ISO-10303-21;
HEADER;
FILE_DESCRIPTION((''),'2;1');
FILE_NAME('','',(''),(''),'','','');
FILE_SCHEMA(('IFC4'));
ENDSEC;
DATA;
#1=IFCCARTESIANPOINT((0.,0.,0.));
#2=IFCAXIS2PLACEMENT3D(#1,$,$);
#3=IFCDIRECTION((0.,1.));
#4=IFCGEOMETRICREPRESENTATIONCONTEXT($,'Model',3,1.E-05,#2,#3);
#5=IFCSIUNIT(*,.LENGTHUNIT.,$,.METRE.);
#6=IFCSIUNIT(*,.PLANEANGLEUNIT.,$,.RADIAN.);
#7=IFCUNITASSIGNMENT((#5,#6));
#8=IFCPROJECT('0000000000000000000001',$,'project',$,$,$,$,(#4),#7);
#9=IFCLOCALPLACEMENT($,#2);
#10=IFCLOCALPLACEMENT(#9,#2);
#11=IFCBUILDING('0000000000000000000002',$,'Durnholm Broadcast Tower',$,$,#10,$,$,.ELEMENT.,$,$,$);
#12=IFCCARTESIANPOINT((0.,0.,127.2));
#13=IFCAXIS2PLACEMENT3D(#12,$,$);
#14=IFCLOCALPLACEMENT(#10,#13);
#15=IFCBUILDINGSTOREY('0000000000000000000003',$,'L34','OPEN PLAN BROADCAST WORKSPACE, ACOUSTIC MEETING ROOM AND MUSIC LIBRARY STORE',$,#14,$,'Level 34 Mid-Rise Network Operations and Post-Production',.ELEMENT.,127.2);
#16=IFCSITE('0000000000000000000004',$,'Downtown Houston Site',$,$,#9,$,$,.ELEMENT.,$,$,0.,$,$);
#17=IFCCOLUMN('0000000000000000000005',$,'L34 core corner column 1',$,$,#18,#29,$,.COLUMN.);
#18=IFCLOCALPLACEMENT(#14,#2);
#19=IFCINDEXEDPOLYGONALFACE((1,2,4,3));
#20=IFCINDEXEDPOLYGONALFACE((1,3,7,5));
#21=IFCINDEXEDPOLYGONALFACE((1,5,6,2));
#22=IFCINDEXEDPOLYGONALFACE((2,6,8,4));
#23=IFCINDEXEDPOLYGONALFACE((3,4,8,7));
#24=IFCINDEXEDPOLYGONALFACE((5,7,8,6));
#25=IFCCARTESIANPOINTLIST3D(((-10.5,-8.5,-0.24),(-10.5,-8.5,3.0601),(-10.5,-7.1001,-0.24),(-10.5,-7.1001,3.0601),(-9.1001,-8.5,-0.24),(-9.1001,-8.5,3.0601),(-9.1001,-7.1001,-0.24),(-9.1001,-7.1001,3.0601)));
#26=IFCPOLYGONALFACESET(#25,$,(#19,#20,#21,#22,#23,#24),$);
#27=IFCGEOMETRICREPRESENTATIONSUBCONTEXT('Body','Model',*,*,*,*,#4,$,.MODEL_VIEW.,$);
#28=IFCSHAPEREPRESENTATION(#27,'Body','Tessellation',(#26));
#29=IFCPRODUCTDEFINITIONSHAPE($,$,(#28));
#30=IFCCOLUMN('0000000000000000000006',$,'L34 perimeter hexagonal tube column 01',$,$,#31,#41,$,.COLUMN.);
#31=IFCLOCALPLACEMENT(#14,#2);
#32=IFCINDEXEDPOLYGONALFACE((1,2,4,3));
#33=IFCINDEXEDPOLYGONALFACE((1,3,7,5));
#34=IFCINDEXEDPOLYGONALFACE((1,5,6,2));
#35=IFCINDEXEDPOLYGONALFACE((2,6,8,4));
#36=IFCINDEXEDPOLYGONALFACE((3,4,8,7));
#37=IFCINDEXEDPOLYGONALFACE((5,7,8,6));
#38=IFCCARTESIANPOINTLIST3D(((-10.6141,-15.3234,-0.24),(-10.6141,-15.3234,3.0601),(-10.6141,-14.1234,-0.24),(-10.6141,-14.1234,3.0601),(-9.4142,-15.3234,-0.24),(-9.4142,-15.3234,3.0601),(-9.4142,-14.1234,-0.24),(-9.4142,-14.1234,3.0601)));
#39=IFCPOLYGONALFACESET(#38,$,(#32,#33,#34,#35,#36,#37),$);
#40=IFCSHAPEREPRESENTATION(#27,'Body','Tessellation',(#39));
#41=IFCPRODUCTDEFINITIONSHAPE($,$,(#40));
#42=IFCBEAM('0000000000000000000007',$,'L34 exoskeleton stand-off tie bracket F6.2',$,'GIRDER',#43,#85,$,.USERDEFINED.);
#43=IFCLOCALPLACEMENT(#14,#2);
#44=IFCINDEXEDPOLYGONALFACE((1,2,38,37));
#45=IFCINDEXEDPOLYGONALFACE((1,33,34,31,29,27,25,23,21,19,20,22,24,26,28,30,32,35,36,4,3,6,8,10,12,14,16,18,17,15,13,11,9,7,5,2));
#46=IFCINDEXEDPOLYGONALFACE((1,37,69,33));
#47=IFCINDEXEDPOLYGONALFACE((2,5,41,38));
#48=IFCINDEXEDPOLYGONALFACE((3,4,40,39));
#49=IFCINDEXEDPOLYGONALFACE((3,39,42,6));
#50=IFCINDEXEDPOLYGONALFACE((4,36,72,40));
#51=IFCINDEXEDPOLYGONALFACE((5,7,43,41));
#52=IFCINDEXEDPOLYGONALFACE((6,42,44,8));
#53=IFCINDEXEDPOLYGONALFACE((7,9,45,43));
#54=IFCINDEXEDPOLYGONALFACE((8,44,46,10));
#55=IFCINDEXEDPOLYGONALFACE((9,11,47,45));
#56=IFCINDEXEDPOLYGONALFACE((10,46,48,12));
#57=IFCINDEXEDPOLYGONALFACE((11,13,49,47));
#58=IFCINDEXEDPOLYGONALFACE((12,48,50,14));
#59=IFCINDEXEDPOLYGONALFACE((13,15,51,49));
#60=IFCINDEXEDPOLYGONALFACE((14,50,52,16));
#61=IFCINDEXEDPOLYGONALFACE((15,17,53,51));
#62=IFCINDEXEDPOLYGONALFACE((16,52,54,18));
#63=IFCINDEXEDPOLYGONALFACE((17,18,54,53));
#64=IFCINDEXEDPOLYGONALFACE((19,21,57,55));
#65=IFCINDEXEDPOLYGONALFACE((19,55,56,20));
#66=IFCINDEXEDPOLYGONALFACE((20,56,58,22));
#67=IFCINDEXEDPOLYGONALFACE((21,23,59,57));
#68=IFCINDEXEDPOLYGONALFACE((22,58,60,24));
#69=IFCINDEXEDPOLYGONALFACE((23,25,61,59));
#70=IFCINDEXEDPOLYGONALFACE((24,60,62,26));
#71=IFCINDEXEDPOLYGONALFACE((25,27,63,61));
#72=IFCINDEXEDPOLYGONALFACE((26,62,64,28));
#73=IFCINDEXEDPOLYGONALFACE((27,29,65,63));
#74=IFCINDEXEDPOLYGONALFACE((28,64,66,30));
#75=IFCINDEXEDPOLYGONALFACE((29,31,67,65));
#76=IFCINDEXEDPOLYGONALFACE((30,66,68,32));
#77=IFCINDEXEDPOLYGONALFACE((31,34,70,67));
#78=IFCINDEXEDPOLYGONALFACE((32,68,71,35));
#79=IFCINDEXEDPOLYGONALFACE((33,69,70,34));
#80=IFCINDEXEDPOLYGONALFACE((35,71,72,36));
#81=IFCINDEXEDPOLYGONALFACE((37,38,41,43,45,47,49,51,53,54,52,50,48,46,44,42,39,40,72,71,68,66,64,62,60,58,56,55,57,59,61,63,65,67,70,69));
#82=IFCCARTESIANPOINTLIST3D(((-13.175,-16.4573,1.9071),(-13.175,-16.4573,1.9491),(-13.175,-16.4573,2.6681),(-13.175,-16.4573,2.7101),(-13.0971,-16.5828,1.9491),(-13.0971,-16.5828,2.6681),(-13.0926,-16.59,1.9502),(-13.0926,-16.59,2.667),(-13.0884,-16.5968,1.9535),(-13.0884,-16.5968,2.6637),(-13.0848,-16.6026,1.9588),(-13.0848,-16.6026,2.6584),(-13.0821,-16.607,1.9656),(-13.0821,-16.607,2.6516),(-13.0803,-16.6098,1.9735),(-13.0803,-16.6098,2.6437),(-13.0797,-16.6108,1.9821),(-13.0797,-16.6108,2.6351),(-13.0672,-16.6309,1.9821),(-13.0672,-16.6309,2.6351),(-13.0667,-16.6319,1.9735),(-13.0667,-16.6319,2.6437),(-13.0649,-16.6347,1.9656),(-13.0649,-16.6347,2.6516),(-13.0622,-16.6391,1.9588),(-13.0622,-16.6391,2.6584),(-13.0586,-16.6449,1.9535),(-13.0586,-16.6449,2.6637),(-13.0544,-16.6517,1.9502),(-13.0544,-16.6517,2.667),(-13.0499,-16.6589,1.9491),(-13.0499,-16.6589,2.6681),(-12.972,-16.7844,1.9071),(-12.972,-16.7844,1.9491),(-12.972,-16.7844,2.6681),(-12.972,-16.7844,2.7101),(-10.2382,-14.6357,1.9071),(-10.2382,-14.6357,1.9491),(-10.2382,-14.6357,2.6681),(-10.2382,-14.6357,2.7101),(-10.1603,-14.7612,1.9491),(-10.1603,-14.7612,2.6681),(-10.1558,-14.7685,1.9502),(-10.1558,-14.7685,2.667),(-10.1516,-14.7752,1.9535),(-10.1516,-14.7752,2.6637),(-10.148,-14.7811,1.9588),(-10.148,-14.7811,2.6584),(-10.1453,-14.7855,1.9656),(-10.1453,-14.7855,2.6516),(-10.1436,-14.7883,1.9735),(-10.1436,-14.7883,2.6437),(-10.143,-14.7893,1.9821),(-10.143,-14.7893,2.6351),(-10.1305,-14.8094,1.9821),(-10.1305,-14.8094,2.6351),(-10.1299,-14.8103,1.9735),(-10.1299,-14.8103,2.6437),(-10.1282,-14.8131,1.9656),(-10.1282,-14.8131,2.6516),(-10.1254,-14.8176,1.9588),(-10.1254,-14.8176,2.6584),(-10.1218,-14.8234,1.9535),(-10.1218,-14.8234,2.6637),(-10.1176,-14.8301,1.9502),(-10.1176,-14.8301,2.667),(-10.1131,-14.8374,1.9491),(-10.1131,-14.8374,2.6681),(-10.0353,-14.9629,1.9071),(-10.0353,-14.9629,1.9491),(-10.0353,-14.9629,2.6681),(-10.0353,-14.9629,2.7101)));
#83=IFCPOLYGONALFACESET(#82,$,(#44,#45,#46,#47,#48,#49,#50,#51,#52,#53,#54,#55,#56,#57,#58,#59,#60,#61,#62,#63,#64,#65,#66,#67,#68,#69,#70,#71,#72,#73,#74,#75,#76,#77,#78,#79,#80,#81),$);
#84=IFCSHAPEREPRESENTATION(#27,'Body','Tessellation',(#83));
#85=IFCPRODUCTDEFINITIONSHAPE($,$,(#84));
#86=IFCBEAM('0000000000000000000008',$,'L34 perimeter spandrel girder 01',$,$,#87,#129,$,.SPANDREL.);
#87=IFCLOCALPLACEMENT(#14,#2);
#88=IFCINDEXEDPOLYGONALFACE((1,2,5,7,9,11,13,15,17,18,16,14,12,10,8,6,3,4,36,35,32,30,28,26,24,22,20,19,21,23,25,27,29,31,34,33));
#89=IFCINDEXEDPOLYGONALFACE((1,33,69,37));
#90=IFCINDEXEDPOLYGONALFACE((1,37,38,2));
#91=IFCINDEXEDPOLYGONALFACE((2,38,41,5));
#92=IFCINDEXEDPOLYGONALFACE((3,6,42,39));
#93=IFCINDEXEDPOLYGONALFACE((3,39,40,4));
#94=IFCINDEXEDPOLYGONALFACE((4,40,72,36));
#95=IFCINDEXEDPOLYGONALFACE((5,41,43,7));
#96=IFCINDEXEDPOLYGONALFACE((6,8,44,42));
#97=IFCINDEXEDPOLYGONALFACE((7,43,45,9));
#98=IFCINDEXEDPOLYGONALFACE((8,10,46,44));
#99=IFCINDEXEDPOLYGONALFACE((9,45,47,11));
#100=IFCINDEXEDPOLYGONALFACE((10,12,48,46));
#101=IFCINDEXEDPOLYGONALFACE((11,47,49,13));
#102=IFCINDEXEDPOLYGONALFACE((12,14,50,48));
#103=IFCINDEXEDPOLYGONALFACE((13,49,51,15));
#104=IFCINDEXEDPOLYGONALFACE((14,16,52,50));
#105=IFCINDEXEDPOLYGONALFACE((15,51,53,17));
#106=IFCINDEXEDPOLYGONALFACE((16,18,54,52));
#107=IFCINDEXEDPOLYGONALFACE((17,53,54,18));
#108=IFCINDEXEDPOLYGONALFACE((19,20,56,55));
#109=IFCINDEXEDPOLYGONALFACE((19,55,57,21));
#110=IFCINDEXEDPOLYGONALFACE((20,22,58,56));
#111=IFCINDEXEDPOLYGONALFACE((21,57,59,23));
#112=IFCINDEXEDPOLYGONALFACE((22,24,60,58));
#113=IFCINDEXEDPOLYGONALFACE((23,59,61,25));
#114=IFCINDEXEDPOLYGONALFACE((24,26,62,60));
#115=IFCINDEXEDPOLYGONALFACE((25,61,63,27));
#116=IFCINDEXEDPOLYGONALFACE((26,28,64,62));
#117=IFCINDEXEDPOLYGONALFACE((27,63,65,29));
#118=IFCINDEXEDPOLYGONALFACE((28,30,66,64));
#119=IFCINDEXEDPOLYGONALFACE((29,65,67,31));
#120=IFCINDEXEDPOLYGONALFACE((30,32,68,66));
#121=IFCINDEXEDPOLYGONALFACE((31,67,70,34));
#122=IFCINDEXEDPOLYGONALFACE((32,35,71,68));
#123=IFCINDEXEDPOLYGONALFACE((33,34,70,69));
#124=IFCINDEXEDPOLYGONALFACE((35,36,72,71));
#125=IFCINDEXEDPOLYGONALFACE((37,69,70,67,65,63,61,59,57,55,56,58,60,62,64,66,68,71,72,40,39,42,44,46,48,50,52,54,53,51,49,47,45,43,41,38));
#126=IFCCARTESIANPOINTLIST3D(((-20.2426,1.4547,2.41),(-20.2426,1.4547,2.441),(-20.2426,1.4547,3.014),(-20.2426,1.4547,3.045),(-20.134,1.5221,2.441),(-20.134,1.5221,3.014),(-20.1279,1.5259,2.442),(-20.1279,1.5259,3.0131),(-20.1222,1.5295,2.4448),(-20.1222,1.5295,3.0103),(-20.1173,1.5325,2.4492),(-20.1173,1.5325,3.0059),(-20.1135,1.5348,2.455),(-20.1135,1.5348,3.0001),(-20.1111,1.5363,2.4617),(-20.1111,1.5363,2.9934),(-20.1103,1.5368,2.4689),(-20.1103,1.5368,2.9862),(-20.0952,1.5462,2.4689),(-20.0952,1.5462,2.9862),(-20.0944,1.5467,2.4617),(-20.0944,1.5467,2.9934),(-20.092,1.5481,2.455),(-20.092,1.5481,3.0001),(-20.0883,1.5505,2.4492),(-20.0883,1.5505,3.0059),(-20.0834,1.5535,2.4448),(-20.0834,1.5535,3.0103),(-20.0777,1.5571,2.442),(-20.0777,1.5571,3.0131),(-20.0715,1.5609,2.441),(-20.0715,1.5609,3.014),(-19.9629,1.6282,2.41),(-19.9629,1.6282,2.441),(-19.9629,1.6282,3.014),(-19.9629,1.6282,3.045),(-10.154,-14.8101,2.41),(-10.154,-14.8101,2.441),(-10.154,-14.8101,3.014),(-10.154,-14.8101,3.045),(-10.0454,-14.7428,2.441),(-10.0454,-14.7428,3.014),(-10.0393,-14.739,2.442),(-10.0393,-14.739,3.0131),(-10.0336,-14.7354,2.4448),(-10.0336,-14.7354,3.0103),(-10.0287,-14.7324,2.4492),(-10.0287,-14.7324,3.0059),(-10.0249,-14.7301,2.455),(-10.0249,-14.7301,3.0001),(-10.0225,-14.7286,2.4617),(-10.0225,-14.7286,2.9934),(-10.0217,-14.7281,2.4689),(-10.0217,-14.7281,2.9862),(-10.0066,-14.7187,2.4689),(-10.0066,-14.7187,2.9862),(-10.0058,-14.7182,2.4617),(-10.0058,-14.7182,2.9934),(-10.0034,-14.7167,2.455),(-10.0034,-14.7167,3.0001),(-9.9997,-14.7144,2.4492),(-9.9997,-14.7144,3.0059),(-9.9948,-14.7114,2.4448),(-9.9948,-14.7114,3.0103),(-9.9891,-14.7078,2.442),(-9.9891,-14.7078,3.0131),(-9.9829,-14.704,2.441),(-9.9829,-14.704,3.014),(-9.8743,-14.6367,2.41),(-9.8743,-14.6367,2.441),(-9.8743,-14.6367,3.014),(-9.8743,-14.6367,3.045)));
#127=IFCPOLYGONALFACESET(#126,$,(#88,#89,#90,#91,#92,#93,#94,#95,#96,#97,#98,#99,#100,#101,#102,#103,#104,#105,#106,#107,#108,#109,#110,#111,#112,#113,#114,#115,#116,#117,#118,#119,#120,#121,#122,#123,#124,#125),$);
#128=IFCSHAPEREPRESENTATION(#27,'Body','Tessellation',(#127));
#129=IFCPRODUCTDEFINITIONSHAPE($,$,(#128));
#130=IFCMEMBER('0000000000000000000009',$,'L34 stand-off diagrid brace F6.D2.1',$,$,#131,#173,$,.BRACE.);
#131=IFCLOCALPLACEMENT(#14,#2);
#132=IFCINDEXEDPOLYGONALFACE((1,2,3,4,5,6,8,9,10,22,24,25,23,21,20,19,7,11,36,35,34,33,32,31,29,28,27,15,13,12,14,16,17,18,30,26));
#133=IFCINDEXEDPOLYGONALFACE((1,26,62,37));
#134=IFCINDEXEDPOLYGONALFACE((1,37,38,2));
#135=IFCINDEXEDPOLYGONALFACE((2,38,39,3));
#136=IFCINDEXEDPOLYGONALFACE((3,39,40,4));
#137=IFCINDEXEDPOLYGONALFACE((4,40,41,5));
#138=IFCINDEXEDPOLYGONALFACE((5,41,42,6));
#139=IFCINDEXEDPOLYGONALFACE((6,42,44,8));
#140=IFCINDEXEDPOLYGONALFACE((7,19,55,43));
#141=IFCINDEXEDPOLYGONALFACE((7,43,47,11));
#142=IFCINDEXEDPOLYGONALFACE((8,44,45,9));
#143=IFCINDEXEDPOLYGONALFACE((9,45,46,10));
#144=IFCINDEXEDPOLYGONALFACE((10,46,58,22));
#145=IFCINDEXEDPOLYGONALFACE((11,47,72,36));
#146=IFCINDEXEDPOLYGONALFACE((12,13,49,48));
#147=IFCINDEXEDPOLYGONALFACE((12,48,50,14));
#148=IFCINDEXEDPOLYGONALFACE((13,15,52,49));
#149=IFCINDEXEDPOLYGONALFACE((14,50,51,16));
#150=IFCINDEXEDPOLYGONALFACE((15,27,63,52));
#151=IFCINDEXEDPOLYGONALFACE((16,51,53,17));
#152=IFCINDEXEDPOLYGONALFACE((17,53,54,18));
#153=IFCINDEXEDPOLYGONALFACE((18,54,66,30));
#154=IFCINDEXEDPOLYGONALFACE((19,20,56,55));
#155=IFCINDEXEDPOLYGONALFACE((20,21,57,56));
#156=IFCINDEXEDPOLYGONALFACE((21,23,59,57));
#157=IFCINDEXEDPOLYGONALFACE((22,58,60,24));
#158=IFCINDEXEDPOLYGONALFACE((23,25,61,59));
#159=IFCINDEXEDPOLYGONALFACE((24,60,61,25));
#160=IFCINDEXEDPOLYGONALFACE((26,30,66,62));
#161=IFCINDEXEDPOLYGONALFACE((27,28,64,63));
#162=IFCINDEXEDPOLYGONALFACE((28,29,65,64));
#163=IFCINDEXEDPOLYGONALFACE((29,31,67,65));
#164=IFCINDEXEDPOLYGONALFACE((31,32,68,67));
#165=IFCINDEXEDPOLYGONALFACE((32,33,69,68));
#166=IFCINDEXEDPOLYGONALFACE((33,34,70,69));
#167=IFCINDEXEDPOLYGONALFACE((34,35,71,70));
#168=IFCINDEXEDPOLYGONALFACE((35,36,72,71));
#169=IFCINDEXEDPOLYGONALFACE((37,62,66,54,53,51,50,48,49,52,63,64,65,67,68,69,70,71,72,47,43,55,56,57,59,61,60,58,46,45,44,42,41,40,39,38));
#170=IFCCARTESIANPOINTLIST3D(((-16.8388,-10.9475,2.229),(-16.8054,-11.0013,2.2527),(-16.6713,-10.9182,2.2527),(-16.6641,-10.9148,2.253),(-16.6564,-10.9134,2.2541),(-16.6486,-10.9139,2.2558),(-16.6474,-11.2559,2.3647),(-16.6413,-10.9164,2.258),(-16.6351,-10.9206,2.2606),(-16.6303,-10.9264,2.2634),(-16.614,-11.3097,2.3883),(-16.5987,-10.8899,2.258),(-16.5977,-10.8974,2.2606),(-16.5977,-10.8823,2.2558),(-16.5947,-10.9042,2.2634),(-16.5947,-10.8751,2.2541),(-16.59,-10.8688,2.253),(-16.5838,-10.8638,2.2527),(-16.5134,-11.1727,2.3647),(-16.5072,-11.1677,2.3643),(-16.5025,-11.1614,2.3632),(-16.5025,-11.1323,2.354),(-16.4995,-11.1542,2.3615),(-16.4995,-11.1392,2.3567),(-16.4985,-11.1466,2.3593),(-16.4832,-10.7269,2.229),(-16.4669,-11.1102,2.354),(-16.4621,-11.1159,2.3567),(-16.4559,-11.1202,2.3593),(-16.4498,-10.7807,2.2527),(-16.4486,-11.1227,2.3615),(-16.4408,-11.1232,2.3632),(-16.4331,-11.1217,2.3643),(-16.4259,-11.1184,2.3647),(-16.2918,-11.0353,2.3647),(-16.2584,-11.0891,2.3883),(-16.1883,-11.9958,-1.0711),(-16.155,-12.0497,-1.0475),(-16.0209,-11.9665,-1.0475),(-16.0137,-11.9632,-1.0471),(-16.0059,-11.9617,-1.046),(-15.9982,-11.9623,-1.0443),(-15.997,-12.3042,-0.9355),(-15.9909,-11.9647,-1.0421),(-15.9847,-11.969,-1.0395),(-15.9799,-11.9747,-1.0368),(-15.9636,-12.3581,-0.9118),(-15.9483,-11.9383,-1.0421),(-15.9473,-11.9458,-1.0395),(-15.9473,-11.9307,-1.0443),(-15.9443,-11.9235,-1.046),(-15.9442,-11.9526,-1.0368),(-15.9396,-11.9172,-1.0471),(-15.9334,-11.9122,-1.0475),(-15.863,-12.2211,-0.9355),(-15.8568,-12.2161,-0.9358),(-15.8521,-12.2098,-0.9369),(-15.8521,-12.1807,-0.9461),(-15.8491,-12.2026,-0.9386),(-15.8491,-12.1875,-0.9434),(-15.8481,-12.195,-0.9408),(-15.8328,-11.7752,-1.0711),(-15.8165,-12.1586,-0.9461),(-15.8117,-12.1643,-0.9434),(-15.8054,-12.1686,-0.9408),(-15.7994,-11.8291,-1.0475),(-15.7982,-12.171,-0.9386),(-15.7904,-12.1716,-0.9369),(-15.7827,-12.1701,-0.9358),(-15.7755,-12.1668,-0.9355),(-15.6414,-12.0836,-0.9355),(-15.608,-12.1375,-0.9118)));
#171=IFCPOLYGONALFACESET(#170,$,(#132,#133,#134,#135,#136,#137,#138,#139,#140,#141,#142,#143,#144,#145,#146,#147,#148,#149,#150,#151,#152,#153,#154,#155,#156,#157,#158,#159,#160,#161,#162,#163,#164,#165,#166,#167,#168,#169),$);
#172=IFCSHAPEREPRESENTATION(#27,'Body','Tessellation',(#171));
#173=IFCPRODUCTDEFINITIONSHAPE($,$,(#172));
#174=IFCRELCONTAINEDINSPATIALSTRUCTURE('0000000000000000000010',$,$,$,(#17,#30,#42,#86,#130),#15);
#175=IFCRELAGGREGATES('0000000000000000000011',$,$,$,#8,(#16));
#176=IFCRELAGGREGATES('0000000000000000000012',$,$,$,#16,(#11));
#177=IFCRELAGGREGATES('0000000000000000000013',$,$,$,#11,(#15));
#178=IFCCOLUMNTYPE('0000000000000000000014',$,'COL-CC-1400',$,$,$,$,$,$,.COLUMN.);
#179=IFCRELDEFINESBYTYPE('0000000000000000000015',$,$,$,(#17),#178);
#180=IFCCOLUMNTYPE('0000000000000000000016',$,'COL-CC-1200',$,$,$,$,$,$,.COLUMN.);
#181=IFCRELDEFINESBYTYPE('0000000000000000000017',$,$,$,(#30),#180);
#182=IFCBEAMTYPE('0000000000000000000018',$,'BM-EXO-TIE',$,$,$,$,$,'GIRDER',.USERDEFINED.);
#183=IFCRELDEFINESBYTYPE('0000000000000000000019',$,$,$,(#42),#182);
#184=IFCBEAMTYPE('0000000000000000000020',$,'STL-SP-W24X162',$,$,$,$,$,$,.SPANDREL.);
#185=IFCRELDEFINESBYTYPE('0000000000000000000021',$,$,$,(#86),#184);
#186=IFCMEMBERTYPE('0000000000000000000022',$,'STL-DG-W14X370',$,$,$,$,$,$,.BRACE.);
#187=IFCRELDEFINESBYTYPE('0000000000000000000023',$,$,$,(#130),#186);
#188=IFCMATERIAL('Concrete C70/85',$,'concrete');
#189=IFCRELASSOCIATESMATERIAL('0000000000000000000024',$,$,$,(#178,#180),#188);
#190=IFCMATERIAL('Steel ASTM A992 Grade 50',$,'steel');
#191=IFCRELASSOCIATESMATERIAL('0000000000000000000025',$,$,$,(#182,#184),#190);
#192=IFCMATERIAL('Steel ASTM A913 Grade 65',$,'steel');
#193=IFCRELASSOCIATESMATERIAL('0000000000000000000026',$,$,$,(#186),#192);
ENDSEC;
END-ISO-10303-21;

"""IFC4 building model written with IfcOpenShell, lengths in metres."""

from ifc_helpers import new_model, si_unit, direction, frame, origin, origin_2d, place, context, subcontext, project, spatial, rectangle, i_section, extrude, source, transform, mapped, material, material_profile, profile_set, type_object, type_shapes, element, save


model = new_model("IFC4")

# Units and contexts
model_context = context("Model", 3, precision=1e-05, world=origin(), true_north=direction((0.0, 1.0)))
body_context = subcontext(model_context, "Body", "Model", "MODEL_VIEW")
ifc_project = project(units=[si_unit("LENGTHUNIT", "METRE"), si_unit("PLANEANGLEUNIT", "RADIAN")], contexts=[model_context])

# Site, building, storey
site_placement = place(None, origin())
site = spatial("IfcSite", under=ifc_project, at=site_placement, Name="Downtown Houston Site", CompositionType="ELEMENT", RefElevation=0.0)
building_placement = place(site_placement, origin())
building = spatial("IfcBuilding", under=site, at=building_placement, Name="Durnholm Broadcast Tower", CompositionType="ELEMENT")
storey_placement = place(building_placement, frame((0.0, 0.0, 127.2)))
storey = spatial("IfcBuildingStorey", under=building, at=storey_placement, Name="L34", Description="OPEN PLAN BROADCAST WORKSPACE, ACOUSTIC MEETING ROOM AND MUSIC LIBRARY STORE", LongName="Level 34 Mid-Rise Network Operations and Post-Production", CompositionType="ELEMENT", Elevation=127.2)

# Columns
ifc_material_1 = material(Name="Concrete C70/85", Category="concrete")
ifc_material_profile_1 = material_profile(ifc_material_1, rectangle(XDim=1.3999, YDim=1.3999, at=origin_2d()), Name="RC1400X1400")
ifc_profile_set_1 = profile_set([ifc_material_profile_1], Name="Concrete C70/85")
column_type_1 = type_object("IfcColumnType", Name="COL-CC-1400", PredefinedType="COLUMN", material=ifc_profile_set_1)
shared_shape_1 = source(origin(), body_context, "Body", "SweptSolid", [
    extrude(rectangle(XDim=1.3999, YDim=1.3999, at=origin_2d()), origin(), (0.0, 0.0, 1.0), 3.3),
])
type_shapes(column_type_1, [shared_shape_1])
column_1_placement = place(storey_placement, frame((-9.8, -7.8, -0.24), z_axis=(0.0, 0.0, 1.0), x_axis=(1.0, 0.0, 0.0)))
element("IfcColumn", 1, at=column_1_placement, inside=storey, type_object=column_type_1, Name="L34 core corner column 1", PredefinedType="COLUMN", context=body_context, shape_type="MappedRepresentation", body=[
    mapped(shared_shape_1, transform((0.0, 0.0, 0.0), x_axis=(1.0, 0.0, 0.0), y_axis=(0.0, 1.0, 0.0), z_axis=(0.0, 0.0, 1.0), scale=1.0)),
])
ifc_material_profile_2 = material_profile(ifc_material_1, rectangle(XDim=1.2, YDim=1.2, at=origin_2d()), Name="RC1200X1200")
ifc_profile_set_2 = profile_set([ifc_material_profile_2], Name="Concrete C70/85")
column_type_2 = type_object("IfcColumnType", Name="COL-CC-1200", PredefinedType="COLUMN", material=ifc_profile_set_2)
shared_shape_2 = source(origin(), body_context, "Body", "SweptSolid", [
    extrude(rectangle(XDim=1.2, YDim=1.2, at=origin_2d()), origin(), (0.0, 0.0, 1.0), 3.3),
])
type_shapes(column_type_2, [shared_shape_2])
column_2_placement = place(storey_placement, frame((-10.0142, -14.7234, -0.24), z_axis=(0.0, 0.0, 1.0), x_axis=(1.0, 0.0, 0.0)))
element("IfcColumn", 2, at=column_2_placement, inside=storey, type_object=column_type_2, Name="L34 perimeter hexagonal tube column 01", PredefinedType="COLUMN", context=body_context, shape_type="MappedRepresentation", body=[
    mapped(shared_shape_2, transform((0.0, 0.0, 0.0), x_axis=(1.0, 0.0, 0.0), y_axis=(0.0, 1.0, 0.0), z_axis=(0.0, 0.0, 1.0), scale=1.0)),
])

# Beams
ifc_material_2 = material(Name="Steel ASTM A992 Grade 50", Category="steel")
ifc_material_profile_3 = material_profile(ifc_material_2, i_section(OverallWidth=0.385, OverallDepth=0.803, WebThickness=0.0237, FlangeThickness=0.042, FilletRadius=0.033, at=origin_2d()), Name="W30X261")
ifc_profile_set_3 = profile_set([ifc_material_profile_3], Name="Steel ASTM A992 Grade 50")
beam_type_1 = type_object("IfcBeamType", Name="BM-EXO-TIE", ElementType="GIRDER", PredefinedType="USERDEFINED", material=ifc_profile_set_3)
shared_shape_3 = source(origin(), body_context, "Body", "SweptSolid", [
    extrude(i_section(OverallWidth=0.385, OverallDepth=0.803, WebThickness=0.0237, FlangeThickness=0.042, FilletRadius=0.033, at=origin_2d()), origin(), (0.0, 0.0, 1.0), 3.4558),
])
type_shapes(beam_type_1, [shared_shape_3])
beam_1_placement = place(storey_placement, frame((-10.1367, -14.7993, 2.3086), z_axis=(-0.849807, -0.527094, 0.0), x_axis=(0.527094, -0.849807, 0.0)))
element("IfcBeam", 3, at=beam_1_placement, inside=storey, type_object=beam_type_1, Name="L34 exoskeleton stand-off tie bracket F6.2", ObjectType="GIRDER", PredefinedType="USERDEFINED", context=body_context, shape_type="MappedRepresentation", body=[
    mapped(shared_shape_3, transform((0.0, 0.0, 0.0), x_axis=(1.0, 0.0, 0.0), y_axis=(0.0, 1.0, 0.0), z_axis=(0.0, 0.0, 1.0), scale=1.0)),
])
ifc_material_profile_4 = material_profile(ifc_material_2, i_section(OverallWidth=0.3291, OverallDepth=0.635, WebThickness=0.0178, FlangeThickness=0.031, FilletRadius=0.0278, at=origin_2d()), Name="W24X162")
ifc_profile_set_4 = profile_set([ifc_material_profile_4], Name="Steel ASTM A992 Grade 50")
beam_type_2 = type_object("IfcBeamType", Name="STL-SP-W24X162", PredefinedType="SPANDREL", material=ifc_profile_set_4)
shared_shape_4 = source(origin(), body_context, "Body", "SweptSolid", [
    extrude(i_section(OverallWidth=0.3291, OverallDepth=0.635, WebThickness=0.0178, FlangeThickness=0.031, FilletRadius=0.0278, at=origin_2d()), origin(), (0.0, 0.0, 1.0), 19.1396),
])
type_shapes(beam_type_2, [shared_shape_4])
beam_2_placement = place(storey_placement, frame((-10.0142, -14.7234, 2.7275), z_axis=(-0.527105, 0.8498, 0.0), x_axis=(-0.8498, -0.527105, 0.0)))
element("IfcBeam", 4, at=beam_2_placement, inside=storey, type_object=beam_type_2, Name="L34 perimeter spandrel girder 01", PredefinedType="SPANDREL", context=body_context, shape_type="MappedRepresentation", body=[
    mapped(shared_shape_4, transform((0.0, 0.0, 0.0), x_axis=(1.0, 0.0, 0.0), y_axis=(0.0, 1.0, 0.0), z_axis=(0.0, 0.0, 1.0), scale=1.0)),
])

# Member
ifc_material_3 = material(Name="Steel ASTM A913 Grade 65", Category="steel")
ifc_material_profile_5 = material_profile(ifc_material_3, i_section(OverallWidth=0.4185, OverallDepth=0.4551, WebThickness=0.042, FlangeThickness=0.0676, FilletRadius=0.0305, at=origin_2d()), Name="W14X370")
ifc_profile_set_5 = profile_set([ifc_material_profile_5], Name="Steel ASTM A913 Grade 65")
member_type_1 = type_object("IfcMemberType", Name="STL-DG-W14X370", PredefinedType="BRACE", material=ifc_profile_set_5)
shared_shape_5 = source(origin(), body_context, "Body", "SweptSolid", [
    extrude(i_section(OverallWidth=0.4185, OverallDepth=0.4551, WebThickness=0.042, FlangeThickness=0.0676, FilletRadius=0.0305, at=origin_2d()), origin(), (0.0, 0.0, 1.0), 3.5232),
])
type_shapes(member_type_1, [shared_shape_5])
for number, where, z_axis, x_axis, name in (
    (5, (-15.8982, -12.0667, -0.9915), (-0.184607, 0.29756, 0.936685), (-0.84975, -0.527186, 0.0), "L34 stand-off diagrid brace F6.D2.1"),
):
    element("IfcMember", number, at=place(storey_placement, frame(where, z_axis=z_axis, x_axis=x_axis)), inside=storey, type_object=member_type_1, Name=name, PredefinedType="BRACE", context=body_context, shape_type="MappedRepresentation", body=[
        mapped(shared_shape_5, transform((0.0, 0.0, 0.0), x_axis=(1.0, 0.0, 0.0), y_axis=(0.0, 1.0, 0.0), z_axis=(0.0, 0.0, 1.0), scale=1.0)),
    ])

save(model, "model.ifc")
